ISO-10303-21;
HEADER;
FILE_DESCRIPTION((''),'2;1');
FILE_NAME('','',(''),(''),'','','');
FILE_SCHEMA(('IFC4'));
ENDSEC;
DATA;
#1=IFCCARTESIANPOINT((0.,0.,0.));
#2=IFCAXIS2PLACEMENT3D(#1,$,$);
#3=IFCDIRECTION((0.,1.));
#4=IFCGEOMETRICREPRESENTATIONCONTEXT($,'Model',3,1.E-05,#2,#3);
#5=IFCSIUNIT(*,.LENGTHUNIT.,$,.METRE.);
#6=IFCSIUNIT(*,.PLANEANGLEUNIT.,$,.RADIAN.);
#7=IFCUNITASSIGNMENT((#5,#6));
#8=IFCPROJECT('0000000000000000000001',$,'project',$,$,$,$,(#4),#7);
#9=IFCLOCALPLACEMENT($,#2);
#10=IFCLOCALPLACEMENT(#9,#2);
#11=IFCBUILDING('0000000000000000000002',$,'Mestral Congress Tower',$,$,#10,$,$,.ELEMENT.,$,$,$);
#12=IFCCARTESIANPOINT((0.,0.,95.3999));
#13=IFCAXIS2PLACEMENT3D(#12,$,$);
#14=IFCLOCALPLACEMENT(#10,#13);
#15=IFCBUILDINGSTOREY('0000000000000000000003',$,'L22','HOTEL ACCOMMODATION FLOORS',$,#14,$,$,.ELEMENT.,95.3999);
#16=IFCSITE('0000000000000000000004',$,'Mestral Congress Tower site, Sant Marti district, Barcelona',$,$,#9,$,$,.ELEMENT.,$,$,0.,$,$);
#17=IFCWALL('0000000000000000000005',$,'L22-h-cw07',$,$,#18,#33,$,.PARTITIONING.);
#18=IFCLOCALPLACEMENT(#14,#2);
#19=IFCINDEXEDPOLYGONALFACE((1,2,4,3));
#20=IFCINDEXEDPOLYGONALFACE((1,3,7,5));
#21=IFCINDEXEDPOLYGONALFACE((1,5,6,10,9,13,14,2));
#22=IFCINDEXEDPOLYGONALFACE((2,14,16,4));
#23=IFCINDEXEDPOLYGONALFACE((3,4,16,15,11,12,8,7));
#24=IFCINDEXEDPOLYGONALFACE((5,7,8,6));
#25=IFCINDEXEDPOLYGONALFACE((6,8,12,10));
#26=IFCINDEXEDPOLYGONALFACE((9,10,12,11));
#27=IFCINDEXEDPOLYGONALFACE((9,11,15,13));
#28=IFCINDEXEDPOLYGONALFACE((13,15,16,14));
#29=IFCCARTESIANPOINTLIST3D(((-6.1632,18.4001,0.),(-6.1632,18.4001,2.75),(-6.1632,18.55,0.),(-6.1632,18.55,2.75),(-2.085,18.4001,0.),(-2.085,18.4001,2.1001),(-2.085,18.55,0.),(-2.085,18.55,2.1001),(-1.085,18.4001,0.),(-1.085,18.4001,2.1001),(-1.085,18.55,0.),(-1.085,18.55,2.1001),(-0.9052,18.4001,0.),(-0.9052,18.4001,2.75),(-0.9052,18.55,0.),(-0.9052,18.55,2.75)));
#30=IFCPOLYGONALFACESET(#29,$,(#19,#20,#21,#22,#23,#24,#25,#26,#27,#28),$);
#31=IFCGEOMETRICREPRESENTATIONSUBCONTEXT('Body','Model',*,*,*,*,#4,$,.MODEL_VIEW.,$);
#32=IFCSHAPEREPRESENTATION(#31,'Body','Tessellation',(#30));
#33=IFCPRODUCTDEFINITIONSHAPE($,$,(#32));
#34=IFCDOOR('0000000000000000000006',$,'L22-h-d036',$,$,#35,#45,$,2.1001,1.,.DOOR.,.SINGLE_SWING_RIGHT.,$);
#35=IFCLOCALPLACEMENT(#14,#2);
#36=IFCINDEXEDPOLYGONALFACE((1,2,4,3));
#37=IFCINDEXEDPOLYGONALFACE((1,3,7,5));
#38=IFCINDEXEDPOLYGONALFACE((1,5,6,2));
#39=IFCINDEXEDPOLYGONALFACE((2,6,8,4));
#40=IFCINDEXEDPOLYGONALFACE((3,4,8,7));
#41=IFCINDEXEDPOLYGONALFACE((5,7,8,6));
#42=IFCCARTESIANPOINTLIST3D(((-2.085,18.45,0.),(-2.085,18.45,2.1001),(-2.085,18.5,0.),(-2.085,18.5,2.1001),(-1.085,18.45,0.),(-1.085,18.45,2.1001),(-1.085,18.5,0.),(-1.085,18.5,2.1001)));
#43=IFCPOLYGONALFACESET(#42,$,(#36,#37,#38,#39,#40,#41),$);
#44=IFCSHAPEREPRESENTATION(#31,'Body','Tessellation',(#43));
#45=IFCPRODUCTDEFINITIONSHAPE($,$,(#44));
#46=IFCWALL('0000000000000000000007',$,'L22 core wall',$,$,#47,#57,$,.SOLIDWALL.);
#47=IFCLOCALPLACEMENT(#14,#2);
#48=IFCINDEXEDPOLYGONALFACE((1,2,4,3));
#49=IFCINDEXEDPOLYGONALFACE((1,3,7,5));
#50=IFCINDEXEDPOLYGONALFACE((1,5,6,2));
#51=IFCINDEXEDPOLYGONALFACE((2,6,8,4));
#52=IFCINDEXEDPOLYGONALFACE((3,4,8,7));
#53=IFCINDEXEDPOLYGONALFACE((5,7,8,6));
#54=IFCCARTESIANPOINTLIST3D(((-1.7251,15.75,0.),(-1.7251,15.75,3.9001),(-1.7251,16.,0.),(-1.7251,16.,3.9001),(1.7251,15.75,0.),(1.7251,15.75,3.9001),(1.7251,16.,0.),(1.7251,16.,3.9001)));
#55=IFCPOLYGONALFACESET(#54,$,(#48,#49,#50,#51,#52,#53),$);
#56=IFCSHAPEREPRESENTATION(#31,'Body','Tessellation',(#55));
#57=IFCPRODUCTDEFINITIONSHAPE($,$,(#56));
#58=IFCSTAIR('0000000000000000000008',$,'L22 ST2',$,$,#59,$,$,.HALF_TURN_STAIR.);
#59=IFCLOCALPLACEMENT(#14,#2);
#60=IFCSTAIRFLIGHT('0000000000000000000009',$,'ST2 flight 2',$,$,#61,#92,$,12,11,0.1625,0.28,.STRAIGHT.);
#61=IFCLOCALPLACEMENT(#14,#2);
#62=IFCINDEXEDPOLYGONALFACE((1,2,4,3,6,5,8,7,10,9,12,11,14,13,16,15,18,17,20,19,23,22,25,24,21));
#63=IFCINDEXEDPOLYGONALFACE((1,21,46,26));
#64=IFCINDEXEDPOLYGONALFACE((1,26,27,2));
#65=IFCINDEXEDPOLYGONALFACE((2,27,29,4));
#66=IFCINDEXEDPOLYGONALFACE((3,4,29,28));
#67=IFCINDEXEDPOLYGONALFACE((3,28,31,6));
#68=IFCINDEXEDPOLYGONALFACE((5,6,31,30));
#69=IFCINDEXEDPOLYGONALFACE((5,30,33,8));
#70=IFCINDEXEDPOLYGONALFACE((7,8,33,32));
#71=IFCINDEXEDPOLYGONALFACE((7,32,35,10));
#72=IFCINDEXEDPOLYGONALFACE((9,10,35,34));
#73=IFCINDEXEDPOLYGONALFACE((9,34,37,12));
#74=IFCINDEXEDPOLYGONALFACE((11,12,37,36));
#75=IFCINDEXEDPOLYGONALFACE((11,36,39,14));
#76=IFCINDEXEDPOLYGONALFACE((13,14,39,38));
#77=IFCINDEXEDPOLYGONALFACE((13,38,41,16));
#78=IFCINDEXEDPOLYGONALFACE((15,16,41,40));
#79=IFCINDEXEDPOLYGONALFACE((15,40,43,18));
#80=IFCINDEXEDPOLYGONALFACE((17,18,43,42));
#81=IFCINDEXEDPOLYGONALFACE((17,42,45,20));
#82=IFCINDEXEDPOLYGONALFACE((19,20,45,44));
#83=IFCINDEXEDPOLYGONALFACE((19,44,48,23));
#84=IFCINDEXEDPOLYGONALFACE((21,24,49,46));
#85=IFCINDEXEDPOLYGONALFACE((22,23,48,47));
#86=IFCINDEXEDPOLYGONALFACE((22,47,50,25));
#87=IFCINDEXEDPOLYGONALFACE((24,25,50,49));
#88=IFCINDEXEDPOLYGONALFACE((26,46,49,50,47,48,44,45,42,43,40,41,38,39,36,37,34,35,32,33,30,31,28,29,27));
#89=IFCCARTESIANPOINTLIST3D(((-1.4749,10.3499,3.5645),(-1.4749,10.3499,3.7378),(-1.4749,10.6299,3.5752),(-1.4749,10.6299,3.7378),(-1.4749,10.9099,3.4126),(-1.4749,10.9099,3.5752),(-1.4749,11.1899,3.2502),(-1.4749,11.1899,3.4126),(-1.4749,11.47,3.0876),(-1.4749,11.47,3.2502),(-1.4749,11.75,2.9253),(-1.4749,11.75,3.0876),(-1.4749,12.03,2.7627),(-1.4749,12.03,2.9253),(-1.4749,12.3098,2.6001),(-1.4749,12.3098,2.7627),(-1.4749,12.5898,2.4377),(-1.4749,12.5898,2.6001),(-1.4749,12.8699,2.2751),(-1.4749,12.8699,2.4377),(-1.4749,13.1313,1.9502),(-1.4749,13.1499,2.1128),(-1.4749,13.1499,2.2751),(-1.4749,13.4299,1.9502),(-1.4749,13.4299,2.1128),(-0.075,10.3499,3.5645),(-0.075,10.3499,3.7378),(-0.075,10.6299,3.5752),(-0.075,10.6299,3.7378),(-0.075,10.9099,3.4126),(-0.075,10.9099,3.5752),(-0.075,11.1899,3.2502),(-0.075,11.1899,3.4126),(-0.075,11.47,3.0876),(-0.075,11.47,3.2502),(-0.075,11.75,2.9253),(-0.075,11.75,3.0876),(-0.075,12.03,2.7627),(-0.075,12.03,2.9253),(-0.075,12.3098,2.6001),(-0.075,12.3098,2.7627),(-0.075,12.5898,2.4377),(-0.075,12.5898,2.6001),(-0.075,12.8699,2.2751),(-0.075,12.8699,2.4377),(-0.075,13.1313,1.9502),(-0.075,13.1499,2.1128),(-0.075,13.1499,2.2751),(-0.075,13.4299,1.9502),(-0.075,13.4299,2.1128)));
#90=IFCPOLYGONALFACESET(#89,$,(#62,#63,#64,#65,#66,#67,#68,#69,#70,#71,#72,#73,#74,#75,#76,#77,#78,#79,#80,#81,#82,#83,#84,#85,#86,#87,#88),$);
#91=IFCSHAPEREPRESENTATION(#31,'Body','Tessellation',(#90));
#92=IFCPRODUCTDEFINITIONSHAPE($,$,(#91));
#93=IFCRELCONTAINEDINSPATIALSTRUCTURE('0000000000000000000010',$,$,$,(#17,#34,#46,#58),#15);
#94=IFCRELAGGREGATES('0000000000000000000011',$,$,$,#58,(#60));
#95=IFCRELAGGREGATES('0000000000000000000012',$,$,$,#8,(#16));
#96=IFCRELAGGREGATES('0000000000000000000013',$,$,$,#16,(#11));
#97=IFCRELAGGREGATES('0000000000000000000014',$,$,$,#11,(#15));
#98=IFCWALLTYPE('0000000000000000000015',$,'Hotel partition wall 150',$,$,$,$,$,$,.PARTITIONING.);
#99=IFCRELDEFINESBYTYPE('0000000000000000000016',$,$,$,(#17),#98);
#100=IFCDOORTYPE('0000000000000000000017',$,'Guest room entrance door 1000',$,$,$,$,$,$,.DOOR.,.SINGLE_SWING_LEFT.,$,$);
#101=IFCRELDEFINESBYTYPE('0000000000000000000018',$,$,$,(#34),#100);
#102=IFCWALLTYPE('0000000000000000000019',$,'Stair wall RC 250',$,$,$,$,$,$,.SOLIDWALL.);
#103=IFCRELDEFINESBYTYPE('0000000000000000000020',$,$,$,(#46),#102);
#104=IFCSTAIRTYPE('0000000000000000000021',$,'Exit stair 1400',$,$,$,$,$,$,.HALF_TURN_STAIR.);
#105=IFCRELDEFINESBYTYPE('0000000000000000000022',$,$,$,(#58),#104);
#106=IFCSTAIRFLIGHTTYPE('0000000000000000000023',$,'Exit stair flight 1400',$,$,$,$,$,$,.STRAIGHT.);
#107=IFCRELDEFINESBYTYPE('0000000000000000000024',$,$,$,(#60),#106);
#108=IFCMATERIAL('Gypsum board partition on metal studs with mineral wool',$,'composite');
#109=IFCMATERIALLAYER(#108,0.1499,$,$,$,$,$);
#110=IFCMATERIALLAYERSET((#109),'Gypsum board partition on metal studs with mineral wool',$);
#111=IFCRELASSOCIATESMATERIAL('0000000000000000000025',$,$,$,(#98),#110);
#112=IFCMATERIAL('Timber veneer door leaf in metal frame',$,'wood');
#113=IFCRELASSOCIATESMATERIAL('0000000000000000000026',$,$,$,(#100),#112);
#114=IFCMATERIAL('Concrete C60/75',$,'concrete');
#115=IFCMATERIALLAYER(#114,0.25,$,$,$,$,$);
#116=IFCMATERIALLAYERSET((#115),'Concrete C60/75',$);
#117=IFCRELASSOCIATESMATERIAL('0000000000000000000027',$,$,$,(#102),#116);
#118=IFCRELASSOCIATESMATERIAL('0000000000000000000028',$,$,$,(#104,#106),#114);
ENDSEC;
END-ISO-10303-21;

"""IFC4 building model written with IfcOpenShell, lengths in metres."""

from ifc_helpers import new_model, si_unit, direction, frame, frame_2d, origin, place, context, subcontext, project, spatial, polyline, rectangle, outline, extrude, material, layer, layer_set, type_object, element, fill, aggregate, save


model = new_model("IFC4")

# Units and contexts
model_context = context("Model", 3, precision=1e-05, world=origin(), true_north=direction((0.0, 1.0)))
body_context = subcontext(model_context, "Body", "Model", "MODEL_VIEW")
ifc_project = project(units=[si_unit("LENGTHUNIT", "METRE"), si_unit("PLANEANGLEUNIT", "RADIAN")], contexts=[model_context])

# Site, building, storey
site_placement = place(None, origin())
site = spatial("IfcSite", under=ifc_project, at=site_placement, Name="Mestral Congress Tower site, Sant Marti district, Barcelona", CompositionType="ELEMENT", RefElevation=0.0)
building_placement = place(site_placement, origin())
building = spatial("IfcBuilding", under=site, at=building_placement, Name="Mestral Congress Tower", CompositionType="ELEMENT")
storey_placement = place(building_placement, frame((0.0, 0.0, 95.3999)))
storey = spatial("IfcBuildingStorey", under=building, at=storey_placement, Name="L22", Description="HOTEL ACCOMMODATION FLOORS", CompositionType="ELEMENT", Elevation=95.3999)

# Shared definitions
ifc_material_1 = material(Name="Concrete C60/75", Category="concrete")

# Shared definitions
ifc_material_2 = material(Name="Gypsum board partition on metal studs with mineral wool", Category="composite")

# Wall, opening, door
ifc_layer_1 = layer(ifc_material_2, 0.1499)
ifc_layer_set_1 = layer_set([ifc_layer_1], Name="Gypsum board partition on metal studs with mineral wool")
wall_type_1 = type_object("IfcWallType", Name="Hotel partition wall 150", PredefinedType="PARTITIONING", material=ifc_layer_set_1)
ifc_material_3 = material(Name="Timber veneer door leaf in metal frame", Category="wood")
door_type_1 = type_object("IfcDoorType", Name="Guest room entrance door 1000", OperationType="SINGLE_SWING_LEFT", PredefinedType="DOOR", material=ifc_material_3)
wall_1_placement = place(storey_placement, frame((-6.1631, 18.4751, 0.0), z_axis=(0.0, 0.0, 1.0), x_axis=(1.0, 0.0, 0.0)))
wall_1 = element("IfcWall", 1, at=wall_1_placement, inside=storey, type_object=wall_type_1, Name="L22-h-cw07", PredefinedType="PARTITIONING", context=body_context, shape_type="SweptSolid", body=[
    extrude(rectangle(XDim=5.2581, YDim=0.1499, at=frame_2d((2.6289, 0.0))), origin(), (0.0, 0.0, 1.0), 2.75),
])
opening_1_placement = place(wall_1_placement, frame((4.0781, 0.0, 0.0)))
opening_1 = element("IfcOpeningElement", 2, at=opening_1_placement, cuts=wall_1, PredefinedType="OPENING", context=body_context, shape_type="SweptSolid", body=[
    extrude(rectangle(XDim=1.0, YDim=2.1001, at=frame_2d((0.5, 1.05))), frame((0.0, 0.085, 0.0), z_axis=(0.0, -1.0, 0.0), x_axis=(1.0, 0.0, 0.0)), (0.0, 0.0, 1.0), 0.1699),
])
door_1_placement = place(opening_1_placement, origin())
door_1 = element("IfcDoor", 3, at=door_1_placement, inside=storey, type_object=door_type_1, Name="L22-h-d036", OperationType="SINGLE_SWING_RIGHT", OverallHeight=2.1001, OverallWidth=1.0, PredefinedType="DOOR", context=body_context, shape_type="SweptSolid", body=[
    extrude(rectangle(XDim=1.0, YDim=2.1001, at=frame_2d((0.5, 1.05))), frame((0.0, 0.0249, 0.0), z_axis=(0.0, -1.0, 0.0), x_axis=(1.0, 0.0, 0.0)), (0.0, 0.0, 1.0), 0.05),
])
fill(opening_1, door_1)

# Wall
ifc_layer_2 = layer(ifc_material_1, 0.25)
ifc_layer_set_2 = layer_set([ifc_layer_2], Name="Concrete C60/75")
wall_type_2 = type_object("IfcWallType", Name="Stair wall RC 250", PredefinedType="SOLIDWALL", material=ifc_layer_set_2)
wall_2_placement = place(storey_placement, frame((-1.7251, 15.875, 0.0), z_axis=(0.0, 0.0, 1.0), x_axis=(1.0, 0.0, 0.0)))
element("IfcWall", 4, at=wall_2_placement, inside=storey, type_object=wall_type_2, Name="L22 core wall", PredefinedType="SOLIDWALL", context=body_context, shape_type="SweptSolid", body=[
    extrude(rectangle(XDim=3.4502, YDim=0.25, at=frame_2d((1.7251, 0.0))), origin(), (0.0, 0.0, 1.0), 3.9001),
])

# Stair, stair flight
stair_type = type_object("IfcStairType", Name="Exit stair 1400", PredefinedType="HALF_TURN_STAIR", material=ifc_material_1)
stair_placement = place(storey_placement, origin())
stair = element("IfcStair", 5, at=stair_placement, inside=storey, type_object=stair_type, Name="L22 ST2", PredefinedType="HALF_TURN_STAIR")
stair_flight_type = type_object("IfcStairFlightType", Name="Exit stair flight 1400", PredefinedType="STRAIGHT", material=ifc_material_1)
stair_flight_placement = place(storey_placement, frame((-0.7749, 13.4299, 1.9502), z_axis=(0.0, 0.0, 1.0), x_axis=(0.0, -1.0, 0.0)))
stair_flight = element("IfcStairFlight", 6, at=stair_flight_placement, type_object=stair_flight_type, Name="ST2 flight 2", NumberOfRisers=12, NumberOfTreads=11, PredefinedType="STRAIGHT", RiserHeight=0.1625, TreadLength=0.28, context=body_context, shape_type="SweptSolid", body=[
    extrude(outline(polyline([(0.0, 0.0), (0.0, 0.1626), (0.28, 0.1626), (0.28, 0.325), (0.5601, 0.325), (0.5601, 0.4875), (0.8401, 0.4875), (0.8401, 0.6499), (1.1201, 0.6499), (1.1201, 0.8125), (1.3999, 0.8125), (1.3999, 0.9751), (1.6799, 0.9751), (1.6799, 1.1375), (1.96, 1.1375), (1.96, 1.3), (2.24, 1.3), (2.24, 1.4624), (2.52, 1.4624), (2.52, 1.625), (2.8, 1.625), (2.8, 1.7876), (3.0801, 1.7876), (3.0801, 1.95), (3.0801, 1.6143), (0.2986, 0.0), (0.0, 0.0)])), frame((0.0, 0.7, 0.0), z_axis=(0.0, -1.0, 0.0), x_axis=(1.0, 0.0, 0.0)), (0.0, 0.0, 1.0), 1.3999),
])
aggregate(stair, [stair_flight])

save(model, "model.ifc")
